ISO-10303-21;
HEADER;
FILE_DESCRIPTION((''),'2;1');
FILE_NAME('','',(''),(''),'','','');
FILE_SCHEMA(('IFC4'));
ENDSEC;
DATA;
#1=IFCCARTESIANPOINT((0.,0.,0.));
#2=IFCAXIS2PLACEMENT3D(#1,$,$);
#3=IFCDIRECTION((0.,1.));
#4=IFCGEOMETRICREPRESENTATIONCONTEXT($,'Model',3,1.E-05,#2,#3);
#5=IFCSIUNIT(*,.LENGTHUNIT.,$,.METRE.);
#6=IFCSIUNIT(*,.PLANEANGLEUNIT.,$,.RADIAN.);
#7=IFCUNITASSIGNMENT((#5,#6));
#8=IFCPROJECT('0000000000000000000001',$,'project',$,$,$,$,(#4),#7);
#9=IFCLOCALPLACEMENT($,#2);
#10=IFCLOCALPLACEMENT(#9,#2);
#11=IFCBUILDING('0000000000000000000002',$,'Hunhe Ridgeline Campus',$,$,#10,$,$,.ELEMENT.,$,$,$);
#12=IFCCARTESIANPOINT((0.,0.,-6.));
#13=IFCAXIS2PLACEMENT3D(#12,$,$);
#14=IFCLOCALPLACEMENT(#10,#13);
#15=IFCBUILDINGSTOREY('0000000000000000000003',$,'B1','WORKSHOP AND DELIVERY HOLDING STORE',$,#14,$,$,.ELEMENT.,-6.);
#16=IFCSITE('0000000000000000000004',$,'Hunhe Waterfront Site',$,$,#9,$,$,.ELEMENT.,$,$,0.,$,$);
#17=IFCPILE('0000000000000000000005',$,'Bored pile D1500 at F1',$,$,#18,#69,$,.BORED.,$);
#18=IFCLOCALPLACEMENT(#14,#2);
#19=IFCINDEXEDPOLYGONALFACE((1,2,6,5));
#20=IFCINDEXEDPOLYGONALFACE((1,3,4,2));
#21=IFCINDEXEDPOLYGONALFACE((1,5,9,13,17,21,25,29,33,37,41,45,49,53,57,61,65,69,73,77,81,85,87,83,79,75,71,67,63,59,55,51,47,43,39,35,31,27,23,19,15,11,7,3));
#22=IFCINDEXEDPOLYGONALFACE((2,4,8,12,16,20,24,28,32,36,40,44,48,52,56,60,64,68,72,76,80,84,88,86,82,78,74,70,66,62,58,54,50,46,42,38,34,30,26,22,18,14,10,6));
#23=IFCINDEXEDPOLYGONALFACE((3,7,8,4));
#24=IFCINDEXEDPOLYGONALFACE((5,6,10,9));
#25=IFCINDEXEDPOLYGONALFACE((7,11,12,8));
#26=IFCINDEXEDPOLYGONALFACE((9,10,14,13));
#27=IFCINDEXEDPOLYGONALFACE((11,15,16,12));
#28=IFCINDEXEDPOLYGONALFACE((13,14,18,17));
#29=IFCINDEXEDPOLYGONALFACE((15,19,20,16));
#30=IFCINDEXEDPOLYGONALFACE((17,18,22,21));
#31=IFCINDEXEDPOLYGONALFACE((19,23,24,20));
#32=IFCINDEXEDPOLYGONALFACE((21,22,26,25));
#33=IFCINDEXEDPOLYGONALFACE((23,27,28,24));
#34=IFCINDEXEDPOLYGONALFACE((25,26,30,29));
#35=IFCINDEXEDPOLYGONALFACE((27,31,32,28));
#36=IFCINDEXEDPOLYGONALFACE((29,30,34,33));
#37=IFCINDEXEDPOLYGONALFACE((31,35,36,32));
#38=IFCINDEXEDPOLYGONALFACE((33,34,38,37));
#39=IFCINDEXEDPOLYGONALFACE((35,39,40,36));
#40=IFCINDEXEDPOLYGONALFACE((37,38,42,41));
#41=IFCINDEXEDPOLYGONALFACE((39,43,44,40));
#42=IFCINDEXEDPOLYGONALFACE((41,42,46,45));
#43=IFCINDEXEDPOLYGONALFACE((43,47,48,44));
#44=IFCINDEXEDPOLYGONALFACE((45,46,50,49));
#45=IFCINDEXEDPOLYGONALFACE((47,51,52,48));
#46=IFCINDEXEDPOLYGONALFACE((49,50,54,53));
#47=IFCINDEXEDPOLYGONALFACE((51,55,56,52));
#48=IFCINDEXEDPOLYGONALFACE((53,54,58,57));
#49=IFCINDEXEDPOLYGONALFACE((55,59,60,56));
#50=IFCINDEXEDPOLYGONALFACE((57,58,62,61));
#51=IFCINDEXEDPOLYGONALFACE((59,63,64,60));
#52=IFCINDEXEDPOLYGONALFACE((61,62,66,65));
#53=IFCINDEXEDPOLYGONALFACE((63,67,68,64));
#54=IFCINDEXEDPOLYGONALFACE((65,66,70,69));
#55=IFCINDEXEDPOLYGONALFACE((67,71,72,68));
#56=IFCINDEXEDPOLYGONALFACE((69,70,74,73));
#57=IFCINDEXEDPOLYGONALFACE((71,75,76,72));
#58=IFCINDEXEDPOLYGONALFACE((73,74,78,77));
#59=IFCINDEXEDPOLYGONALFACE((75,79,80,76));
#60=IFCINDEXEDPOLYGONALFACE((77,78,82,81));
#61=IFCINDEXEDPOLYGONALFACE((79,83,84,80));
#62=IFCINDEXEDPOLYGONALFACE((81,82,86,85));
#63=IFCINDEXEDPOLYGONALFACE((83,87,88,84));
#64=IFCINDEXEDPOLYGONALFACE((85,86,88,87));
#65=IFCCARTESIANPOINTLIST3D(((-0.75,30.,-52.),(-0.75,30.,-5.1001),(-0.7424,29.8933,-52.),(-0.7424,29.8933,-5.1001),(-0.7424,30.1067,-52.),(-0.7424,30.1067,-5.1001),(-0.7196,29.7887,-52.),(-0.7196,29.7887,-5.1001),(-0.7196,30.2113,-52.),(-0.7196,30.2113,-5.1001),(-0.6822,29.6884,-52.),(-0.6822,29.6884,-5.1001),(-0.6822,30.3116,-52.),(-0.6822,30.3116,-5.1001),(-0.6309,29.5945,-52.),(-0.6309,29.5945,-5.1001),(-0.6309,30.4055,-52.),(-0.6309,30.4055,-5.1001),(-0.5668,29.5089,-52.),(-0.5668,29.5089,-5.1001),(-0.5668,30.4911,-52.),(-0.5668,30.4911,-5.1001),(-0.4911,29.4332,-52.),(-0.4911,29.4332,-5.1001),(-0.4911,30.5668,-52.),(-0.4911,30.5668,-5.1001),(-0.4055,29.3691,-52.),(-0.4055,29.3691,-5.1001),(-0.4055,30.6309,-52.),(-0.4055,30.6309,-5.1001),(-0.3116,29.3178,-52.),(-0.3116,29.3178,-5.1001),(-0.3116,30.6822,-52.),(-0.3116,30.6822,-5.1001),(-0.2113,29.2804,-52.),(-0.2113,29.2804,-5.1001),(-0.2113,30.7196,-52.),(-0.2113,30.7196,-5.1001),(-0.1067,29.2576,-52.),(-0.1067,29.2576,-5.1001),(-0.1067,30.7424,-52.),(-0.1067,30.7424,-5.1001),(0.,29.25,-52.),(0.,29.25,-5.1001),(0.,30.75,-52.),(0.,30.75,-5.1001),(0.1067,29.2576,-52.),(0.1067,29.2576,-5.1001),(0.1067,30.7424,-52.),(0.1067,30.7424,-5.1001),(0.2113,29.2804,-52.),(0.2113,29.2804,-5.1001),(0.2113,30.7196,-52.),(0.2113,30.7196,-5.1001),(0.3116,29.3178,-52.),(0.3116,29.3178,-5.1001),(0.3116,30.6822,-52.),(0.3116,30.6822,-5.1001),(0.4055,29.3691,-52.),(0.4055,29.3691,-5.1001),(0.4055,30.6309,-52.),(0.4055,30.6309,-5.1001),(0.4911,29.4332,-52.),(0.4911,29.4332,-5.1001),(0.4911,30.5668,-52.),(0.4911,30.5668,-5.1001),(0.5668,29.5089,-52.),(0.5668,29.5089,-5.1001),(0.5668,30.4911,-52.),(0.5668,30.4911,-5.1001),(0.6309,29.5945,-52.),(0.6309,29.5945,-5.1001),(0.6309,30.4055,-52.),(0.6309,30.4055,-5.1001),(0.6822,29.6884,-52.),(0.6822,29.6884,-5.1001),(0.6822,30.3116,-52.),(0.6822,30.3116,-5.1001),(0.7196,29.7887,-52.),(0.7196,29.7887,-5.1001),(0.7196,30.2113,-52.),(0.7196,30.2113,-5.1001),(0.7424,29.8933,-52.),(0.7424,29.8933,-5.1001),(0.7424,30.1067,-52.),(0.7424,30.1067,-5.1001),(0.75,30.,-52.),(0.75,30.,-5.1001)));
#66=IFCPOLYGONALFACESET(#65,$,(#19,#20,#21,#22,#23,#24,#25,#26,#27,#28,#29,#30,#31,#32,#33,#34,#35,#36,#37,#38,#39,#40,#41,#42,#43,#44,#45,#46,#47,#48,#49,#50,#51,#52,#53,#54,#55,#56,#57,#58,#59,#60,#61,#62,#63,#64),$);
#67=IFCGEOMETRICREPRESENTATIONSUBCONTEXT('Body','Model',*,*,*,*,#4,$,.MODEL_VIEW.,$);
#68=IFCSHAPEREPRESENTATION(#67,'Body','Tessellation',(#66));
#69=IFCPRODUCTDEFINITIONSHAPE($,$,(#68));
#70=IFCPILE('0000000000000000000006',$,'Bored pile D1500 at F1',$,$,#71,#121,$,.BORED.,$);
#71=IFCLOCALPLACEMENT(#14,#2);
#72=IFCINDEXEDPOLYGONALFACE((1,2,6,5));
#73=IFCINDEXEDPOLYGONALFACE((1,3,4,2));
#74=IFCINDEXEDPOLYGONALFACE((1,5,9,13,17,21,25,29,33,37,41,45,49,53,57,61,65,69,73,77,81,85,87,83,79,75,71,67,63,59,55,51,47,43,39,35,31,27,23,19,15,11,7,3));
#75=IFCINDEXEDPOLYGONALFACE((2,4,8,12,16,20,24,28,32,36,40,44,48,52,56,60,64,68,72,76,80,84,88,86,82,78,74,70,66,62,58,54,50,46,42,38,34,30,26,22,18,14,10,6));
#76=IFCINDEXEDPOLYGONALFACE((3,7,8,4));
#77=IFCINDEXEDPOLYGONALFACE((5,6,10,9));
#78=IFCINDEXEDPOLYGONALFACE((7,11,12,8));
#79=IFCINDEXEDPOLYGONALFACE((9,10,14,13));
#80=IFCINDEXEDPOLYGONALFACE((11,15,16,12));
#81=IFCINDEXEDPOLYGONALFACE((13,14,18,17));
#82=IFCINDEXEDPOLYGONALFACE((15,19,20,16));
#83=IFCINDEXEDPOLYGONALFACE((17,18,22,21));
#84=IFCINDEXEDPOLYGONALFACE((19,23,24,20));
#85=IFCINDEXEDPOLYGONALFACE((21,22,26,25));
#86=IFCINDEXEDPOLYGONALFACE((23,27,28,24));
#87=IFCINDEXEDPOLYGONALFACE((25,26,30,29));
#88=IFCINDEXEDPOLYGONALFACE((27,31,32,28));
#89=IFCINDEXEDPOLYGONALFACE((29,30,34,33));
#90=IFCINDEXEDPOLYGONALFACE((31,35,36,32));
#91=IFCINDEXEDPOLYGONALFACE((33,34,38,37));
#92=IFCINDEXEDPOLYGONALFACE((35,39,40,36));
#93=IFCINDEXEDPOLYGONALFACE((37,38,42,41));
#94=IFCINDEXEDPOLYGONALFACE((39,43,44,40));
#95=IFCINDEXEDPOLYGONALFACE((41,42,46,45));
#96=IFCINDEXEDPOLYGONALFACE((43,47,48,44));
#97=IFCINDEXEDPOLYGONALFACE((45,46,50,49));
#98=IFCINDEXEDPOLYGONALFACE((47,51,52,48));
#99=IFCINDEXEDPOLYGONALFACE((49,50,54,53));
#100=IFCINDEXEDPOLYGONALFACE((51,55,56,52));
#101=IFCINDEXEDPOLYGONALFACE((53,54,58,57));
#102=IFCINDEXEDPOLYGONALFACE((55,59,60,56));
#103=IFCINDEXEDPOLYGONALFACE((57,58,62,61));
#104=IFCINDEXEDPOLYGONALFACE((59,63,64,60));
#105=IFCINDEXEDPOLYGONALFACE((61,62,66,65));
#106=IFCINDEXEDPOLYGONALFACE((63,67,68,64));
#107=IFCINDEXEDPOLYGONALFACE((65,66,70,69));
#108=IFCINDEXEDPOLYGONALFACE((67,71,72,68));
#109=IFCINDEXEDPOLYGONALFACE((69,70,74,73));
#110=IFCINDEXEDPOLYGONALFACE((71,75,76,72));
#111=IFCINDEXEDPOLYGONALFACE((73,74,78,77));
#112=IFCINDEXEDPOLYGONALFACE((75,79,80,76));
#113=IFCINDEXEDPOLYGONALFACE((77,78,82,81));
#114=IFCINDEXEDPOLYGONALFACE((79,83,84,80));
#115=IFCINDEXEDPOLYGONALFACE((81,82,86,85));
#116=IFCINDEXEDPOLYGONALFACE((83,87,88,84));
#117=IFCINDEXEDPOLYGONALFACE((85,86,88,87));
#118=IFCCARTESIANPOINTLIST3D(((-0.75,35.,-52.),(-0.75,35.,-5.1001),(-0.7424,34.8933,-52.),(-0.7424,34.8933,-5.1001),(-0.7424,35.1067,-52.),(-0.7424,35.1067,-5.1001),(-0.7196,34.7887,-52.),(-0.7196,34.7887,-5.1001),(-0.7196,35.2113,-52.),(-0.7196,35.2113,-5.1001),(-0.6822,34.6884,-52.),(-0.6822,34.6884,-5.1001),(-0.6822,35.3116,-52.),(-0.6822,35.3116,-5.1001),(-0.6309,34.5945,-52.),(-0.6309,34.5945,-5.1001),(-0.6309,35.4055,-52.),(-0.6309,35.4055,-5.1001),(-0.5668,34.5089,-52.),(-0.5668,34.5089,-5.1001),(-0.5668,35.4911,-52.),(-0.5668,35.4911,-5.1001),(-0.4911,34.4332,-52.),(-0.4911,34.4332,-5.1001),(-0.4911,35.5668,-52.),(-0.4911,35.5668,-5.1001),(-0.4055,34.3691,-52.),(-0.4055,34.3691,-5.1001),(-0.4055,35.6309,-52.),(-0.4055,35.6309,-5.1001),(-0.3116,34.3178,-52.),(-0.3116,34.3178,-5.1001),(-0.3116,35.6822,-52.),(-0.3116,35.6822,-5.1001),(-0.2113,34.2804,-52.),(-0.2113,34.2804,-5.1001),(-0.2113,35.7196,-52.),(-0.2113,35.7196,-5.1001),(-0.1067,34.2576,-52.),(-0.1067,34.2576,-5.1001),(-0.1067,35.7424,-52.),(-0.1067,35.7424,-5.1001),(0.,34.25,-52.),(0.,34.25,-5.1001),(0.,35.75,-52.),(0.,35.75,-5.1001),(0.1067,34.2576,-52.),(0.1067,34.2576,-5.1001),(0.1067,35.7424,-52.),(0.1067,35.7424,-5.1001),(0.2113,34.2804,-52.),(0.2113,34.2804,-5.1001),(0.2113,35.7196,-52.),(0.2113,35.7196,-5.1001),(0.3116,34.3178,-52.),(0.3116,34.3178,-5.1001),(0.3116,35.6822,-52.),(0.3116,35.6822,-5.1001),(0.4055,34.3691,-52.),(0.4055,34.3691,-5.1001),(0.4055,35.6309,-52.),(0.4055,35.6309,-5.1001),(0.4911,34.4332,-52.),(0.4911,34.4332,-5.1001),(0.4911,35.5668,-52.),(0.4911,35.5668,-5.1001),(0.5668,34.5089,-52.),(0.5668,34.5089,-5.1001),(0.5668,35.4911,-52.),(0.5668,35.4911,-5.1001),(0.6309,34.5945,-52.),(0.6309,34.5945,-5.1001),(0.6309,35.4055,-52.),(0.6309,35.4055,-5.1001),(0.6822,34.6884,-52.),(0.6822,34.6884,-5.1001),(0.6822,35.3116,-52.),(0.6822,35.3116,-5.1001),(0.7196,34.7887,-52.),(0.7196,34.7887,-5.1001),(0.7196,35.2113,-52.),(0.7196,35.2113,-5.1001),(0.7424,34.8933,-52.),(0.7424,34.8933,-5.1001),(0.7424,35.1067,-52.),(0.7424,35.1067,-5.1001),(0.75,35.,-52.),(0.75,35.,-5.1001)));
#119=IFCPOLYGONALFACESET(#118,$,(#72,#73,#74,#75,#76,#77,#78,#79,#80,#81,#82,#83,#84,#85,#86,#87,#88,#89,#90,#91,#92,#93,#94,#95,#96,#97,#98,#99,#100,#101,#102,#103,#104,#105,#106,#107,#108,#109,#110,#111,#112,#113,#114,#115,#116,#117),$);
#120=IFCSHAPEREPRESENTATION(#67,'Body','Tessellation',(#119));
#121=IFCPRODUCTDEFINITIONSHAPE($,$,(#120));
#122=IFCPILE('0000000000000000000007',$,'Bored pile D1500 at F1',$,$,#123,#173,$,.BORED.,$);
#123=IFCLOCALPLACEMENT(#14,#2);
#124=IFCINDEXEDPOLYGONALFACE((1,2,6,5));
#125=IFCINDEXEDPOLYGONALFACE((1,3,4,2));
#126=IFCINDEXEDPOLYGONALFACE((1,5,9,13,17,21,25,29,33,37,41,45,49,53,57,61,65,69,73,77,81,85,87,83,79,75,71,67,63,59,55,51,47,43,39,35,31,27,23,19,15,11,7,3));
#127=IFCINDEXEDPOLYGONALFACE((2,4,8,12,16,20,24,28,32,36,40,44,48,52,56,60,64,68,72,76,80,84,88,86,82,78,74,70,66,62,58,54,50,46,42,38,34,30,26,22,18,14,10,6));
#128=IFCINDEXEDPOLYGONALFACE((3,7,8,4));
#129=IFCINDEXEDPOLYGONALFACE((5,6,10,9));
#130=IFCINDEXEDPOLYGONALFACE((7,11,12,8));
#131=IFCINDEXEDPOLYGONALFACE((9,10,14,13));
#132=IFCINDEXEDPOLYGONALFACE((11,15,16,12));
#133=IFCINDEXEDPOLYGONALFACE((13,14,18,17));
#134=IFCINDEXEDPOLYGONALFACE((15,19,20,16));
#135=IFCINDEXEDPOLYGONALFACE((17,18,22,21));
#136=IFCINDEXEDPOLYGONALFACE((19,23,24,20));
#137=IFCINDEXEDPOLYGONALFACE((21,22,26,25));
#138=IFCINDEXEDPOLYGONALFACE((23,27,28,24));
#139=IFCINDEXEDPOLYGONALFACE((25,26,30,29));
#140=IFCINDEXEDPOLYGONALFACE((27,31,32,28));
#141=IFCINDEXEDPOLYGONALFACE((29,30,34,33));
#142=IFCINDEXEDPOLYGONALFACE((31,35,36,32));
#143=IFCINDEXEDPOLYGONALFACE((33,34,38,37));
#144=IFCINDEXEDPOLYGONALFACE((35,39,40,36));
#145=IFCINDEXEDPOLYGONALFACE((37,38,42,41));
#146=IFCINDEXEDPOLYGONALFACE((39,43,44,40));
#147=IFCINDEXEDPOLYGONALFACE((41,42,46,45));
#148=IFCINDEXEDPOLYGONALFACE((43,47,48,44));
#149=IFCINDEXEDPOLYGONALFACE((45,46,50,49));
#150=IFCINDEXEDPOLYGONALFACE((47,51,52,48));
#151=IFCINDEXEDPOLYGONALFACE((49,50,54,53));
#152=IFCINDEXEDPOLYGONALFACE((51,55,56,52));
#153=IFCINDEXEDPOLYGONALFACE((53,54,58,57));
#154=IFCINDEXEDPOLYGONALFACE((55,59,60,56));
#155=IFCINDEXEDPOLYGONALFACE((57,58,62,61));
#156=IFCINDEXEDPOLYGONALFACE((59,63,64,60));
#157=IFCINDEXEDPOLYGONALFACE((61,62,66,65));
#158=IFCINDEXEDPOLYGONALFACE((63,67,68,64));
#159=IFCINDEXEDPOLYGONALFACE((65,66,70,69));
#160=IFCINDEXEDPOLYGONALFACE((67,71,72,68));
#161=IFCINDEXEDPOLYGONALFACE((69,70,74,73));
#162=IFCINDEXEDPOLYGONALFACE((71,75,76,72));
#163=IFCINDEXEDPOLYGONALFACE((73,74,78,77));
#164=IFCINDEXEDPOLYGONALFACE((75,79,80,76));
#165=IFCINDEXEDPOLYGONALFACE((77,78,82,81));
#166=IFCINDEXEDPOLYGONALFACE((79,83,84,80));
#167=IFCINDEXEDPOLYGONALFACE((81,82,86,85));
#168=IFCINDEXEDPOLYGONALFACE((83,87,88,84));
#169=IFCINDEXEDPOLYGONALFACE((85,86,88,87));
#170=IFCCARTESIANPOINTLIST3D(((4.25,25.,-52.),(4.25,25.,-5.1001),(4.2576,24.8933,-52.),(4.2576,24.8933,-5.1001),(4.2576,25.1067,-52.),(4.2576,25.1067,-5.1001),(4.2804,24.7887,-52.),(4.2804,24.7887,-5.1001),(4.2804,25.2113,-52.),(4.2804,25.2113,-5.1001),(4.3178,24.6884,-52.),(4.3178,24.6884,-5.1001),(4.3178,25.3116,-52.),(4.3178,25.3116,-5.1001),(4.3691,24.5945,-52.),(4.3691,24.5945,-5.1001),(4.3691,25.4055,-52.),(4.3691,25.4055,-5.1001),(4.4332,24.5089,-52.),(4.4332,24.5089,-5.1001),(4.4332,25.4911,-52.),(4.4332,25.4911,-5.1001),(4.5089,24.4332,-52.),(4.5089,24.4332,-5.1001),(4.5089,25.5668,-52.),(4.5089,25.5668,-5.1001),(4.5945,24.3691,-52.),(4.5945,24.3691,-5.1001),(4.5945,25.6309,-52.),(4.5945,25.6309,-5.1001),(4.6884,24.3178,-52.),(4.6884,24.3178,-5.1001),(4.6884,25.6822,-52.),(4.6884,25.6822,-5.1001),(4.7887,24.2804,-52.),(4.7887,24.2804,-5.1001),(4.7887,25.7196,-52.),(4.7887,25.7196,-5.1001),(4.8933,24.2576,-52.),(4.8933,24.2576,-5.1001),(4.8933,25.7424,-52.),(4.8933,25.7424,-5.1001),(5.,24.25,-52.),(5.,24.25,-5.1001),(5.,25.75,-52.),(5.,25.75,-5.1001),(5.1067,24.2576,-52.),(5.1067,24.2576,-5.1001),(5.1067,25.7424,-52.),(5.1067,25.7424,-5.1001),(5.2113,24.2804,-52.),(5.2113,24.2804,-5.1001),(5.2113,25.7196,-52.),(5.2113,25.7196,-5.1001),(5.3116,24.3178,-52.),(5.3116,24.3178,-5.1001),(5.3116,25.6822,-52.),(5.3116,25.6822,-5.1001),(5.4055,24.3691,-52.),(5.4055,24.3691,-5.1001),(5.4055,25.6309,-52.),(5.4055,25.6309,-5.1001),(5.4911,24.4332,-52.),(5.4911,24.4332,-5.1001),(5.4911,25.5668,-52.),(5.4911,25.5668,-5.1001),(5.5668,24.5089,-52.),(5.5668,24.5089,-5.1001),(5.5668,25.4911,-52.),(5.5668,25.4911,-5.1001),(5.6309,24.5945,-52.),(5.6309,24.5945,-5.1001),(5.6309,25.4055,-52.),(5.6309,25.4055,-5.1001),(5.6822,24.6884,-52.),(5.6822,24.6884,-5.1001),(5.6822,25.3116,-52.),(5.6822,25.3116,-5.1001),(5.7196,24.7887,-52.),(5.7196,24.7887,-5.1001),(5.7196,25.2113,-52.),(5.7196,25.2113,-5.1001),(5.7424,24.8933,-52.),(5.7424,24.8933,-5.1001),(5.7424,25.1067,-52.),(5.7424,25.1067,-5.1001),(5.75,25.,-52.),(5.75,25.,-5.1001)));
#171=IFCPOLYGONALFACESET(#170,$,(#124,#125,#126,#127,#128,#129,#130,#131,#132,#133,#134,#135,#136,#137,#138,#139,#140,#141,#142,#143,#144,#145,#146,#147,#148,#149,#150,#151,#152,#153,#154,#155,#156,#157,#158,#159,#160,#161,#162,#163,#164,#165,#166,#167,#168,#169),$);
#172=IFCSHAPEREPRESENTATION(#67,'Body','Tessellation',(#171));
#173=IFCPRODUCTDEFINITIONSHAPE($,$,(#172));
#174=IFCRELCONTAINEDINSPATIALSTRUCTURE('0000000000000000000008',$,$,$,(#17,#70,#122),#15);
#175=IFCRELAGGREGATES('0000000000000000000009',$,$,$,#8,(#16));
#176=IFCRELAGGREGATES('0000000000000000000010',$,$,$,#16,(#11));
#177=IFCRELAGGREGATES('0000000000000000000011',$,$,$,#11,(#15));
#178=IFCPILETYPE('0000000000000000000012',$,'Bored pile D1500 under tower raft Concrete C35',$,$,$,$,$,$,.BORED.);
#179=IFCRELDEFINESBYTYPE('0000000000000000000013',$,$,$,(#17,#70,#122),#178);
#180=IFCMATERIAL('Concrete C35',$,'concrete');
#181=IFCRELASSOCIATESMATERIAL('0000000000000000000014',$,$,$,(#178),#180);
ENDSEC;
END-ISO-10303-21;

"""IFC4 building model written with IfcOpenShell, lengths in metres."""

from ifc_helpers import new_model, si_unit, direction, frame, origin, origin_2d, place, context, subcontext, project, spatial, circle, extrude, material, material_profile, profile_set, type_object, element, save


model = new_model("IFC4")

# Units and contexts
model_context = context("Model", 3, precision=1e-05, world=origin(), true_north=direction((0.0, 1.0)))
body_context = subcontext(model_context, "Body", "Model", "MODEL_VIEW")
ifc_project = project(units=[si_unit("LENGTHUNIT", "METRE"), si_unit("PLANEANGLEUNIT", "RADIAN")], contexts=[model_context])

# Site, building, storey
site_placement = place(None, origin())
site = spatial("IfcSite", under=ifc_project, at=site_placement, Name="Hunhe Waterfront Site", CompositionType="ELEMENT", RefElevation=0.0)
building_placement = place(site_placement, origin())
building = spatial("IfcBuilding", under=site, at=building_placement, Name="Hunhe Ridgeline Campus", CompositionType="ELEMENT")
storey_placement = place(building_placement, frame((0.0, 0.0, -6.0)))
storey = spatial("IfcBuildingStorey", under=building, at=storey_placement, Name="B1", Description="WORKSHOP AND DELIVERY HOLDING STORE", CompositionType="ELEMENT", Elevation=-6.0)

# Piles
ifc_material_1 = material(Name="Concrete C35", Category="concrete")
ifc_material_profile_1 = material_profile(ifc_material_1, circle(Radius=0.75, at=origin_2d()))
ifc_profile_set_1 = profile_set([ifc_material_profile_1], Name="Concrete C35")
pile_type = type_object("IfcPileType", Name="Bored pile D1500 under tower raft Concrete C35", PredefinedType="BORED", material=ifc_profile_set_1)
for number, where, z_axis, x_axis, name in (
    (1, (0.0, 30.0, -5.1001), (0.0, 0.0, -1.0), (1.0, 0.0, 0.0), "Bored pile D1500 at F1"),
    (2, (0.0, 35.0, -5.1001), (0.0, 0.0, -1.0), (1.0, 0.0, 0.0), "Bored pile D1500 at F1"),
    (3, (5.0, 25.0, -5.1001), (0.0, 0.0, -1.0), (1.0, 0.0, 0.0), "Bored pile D1500 at F1"),
):
    element("IfcPile", number, at=place(storey_placement, frame(where, z_axis=z_axis, x_axis=x_axis)), inside=storey, type_object=pile_type, Name=name, PredefinedType="BORED", context=body_context, shape_type="SweptSolid", body=[
        extrude(circle(Radius=0.75, at=origin_2d()), origin(), (0.0, 0.0, 1.0), 46.8999),
    ])

save(model, "model.ifc")
